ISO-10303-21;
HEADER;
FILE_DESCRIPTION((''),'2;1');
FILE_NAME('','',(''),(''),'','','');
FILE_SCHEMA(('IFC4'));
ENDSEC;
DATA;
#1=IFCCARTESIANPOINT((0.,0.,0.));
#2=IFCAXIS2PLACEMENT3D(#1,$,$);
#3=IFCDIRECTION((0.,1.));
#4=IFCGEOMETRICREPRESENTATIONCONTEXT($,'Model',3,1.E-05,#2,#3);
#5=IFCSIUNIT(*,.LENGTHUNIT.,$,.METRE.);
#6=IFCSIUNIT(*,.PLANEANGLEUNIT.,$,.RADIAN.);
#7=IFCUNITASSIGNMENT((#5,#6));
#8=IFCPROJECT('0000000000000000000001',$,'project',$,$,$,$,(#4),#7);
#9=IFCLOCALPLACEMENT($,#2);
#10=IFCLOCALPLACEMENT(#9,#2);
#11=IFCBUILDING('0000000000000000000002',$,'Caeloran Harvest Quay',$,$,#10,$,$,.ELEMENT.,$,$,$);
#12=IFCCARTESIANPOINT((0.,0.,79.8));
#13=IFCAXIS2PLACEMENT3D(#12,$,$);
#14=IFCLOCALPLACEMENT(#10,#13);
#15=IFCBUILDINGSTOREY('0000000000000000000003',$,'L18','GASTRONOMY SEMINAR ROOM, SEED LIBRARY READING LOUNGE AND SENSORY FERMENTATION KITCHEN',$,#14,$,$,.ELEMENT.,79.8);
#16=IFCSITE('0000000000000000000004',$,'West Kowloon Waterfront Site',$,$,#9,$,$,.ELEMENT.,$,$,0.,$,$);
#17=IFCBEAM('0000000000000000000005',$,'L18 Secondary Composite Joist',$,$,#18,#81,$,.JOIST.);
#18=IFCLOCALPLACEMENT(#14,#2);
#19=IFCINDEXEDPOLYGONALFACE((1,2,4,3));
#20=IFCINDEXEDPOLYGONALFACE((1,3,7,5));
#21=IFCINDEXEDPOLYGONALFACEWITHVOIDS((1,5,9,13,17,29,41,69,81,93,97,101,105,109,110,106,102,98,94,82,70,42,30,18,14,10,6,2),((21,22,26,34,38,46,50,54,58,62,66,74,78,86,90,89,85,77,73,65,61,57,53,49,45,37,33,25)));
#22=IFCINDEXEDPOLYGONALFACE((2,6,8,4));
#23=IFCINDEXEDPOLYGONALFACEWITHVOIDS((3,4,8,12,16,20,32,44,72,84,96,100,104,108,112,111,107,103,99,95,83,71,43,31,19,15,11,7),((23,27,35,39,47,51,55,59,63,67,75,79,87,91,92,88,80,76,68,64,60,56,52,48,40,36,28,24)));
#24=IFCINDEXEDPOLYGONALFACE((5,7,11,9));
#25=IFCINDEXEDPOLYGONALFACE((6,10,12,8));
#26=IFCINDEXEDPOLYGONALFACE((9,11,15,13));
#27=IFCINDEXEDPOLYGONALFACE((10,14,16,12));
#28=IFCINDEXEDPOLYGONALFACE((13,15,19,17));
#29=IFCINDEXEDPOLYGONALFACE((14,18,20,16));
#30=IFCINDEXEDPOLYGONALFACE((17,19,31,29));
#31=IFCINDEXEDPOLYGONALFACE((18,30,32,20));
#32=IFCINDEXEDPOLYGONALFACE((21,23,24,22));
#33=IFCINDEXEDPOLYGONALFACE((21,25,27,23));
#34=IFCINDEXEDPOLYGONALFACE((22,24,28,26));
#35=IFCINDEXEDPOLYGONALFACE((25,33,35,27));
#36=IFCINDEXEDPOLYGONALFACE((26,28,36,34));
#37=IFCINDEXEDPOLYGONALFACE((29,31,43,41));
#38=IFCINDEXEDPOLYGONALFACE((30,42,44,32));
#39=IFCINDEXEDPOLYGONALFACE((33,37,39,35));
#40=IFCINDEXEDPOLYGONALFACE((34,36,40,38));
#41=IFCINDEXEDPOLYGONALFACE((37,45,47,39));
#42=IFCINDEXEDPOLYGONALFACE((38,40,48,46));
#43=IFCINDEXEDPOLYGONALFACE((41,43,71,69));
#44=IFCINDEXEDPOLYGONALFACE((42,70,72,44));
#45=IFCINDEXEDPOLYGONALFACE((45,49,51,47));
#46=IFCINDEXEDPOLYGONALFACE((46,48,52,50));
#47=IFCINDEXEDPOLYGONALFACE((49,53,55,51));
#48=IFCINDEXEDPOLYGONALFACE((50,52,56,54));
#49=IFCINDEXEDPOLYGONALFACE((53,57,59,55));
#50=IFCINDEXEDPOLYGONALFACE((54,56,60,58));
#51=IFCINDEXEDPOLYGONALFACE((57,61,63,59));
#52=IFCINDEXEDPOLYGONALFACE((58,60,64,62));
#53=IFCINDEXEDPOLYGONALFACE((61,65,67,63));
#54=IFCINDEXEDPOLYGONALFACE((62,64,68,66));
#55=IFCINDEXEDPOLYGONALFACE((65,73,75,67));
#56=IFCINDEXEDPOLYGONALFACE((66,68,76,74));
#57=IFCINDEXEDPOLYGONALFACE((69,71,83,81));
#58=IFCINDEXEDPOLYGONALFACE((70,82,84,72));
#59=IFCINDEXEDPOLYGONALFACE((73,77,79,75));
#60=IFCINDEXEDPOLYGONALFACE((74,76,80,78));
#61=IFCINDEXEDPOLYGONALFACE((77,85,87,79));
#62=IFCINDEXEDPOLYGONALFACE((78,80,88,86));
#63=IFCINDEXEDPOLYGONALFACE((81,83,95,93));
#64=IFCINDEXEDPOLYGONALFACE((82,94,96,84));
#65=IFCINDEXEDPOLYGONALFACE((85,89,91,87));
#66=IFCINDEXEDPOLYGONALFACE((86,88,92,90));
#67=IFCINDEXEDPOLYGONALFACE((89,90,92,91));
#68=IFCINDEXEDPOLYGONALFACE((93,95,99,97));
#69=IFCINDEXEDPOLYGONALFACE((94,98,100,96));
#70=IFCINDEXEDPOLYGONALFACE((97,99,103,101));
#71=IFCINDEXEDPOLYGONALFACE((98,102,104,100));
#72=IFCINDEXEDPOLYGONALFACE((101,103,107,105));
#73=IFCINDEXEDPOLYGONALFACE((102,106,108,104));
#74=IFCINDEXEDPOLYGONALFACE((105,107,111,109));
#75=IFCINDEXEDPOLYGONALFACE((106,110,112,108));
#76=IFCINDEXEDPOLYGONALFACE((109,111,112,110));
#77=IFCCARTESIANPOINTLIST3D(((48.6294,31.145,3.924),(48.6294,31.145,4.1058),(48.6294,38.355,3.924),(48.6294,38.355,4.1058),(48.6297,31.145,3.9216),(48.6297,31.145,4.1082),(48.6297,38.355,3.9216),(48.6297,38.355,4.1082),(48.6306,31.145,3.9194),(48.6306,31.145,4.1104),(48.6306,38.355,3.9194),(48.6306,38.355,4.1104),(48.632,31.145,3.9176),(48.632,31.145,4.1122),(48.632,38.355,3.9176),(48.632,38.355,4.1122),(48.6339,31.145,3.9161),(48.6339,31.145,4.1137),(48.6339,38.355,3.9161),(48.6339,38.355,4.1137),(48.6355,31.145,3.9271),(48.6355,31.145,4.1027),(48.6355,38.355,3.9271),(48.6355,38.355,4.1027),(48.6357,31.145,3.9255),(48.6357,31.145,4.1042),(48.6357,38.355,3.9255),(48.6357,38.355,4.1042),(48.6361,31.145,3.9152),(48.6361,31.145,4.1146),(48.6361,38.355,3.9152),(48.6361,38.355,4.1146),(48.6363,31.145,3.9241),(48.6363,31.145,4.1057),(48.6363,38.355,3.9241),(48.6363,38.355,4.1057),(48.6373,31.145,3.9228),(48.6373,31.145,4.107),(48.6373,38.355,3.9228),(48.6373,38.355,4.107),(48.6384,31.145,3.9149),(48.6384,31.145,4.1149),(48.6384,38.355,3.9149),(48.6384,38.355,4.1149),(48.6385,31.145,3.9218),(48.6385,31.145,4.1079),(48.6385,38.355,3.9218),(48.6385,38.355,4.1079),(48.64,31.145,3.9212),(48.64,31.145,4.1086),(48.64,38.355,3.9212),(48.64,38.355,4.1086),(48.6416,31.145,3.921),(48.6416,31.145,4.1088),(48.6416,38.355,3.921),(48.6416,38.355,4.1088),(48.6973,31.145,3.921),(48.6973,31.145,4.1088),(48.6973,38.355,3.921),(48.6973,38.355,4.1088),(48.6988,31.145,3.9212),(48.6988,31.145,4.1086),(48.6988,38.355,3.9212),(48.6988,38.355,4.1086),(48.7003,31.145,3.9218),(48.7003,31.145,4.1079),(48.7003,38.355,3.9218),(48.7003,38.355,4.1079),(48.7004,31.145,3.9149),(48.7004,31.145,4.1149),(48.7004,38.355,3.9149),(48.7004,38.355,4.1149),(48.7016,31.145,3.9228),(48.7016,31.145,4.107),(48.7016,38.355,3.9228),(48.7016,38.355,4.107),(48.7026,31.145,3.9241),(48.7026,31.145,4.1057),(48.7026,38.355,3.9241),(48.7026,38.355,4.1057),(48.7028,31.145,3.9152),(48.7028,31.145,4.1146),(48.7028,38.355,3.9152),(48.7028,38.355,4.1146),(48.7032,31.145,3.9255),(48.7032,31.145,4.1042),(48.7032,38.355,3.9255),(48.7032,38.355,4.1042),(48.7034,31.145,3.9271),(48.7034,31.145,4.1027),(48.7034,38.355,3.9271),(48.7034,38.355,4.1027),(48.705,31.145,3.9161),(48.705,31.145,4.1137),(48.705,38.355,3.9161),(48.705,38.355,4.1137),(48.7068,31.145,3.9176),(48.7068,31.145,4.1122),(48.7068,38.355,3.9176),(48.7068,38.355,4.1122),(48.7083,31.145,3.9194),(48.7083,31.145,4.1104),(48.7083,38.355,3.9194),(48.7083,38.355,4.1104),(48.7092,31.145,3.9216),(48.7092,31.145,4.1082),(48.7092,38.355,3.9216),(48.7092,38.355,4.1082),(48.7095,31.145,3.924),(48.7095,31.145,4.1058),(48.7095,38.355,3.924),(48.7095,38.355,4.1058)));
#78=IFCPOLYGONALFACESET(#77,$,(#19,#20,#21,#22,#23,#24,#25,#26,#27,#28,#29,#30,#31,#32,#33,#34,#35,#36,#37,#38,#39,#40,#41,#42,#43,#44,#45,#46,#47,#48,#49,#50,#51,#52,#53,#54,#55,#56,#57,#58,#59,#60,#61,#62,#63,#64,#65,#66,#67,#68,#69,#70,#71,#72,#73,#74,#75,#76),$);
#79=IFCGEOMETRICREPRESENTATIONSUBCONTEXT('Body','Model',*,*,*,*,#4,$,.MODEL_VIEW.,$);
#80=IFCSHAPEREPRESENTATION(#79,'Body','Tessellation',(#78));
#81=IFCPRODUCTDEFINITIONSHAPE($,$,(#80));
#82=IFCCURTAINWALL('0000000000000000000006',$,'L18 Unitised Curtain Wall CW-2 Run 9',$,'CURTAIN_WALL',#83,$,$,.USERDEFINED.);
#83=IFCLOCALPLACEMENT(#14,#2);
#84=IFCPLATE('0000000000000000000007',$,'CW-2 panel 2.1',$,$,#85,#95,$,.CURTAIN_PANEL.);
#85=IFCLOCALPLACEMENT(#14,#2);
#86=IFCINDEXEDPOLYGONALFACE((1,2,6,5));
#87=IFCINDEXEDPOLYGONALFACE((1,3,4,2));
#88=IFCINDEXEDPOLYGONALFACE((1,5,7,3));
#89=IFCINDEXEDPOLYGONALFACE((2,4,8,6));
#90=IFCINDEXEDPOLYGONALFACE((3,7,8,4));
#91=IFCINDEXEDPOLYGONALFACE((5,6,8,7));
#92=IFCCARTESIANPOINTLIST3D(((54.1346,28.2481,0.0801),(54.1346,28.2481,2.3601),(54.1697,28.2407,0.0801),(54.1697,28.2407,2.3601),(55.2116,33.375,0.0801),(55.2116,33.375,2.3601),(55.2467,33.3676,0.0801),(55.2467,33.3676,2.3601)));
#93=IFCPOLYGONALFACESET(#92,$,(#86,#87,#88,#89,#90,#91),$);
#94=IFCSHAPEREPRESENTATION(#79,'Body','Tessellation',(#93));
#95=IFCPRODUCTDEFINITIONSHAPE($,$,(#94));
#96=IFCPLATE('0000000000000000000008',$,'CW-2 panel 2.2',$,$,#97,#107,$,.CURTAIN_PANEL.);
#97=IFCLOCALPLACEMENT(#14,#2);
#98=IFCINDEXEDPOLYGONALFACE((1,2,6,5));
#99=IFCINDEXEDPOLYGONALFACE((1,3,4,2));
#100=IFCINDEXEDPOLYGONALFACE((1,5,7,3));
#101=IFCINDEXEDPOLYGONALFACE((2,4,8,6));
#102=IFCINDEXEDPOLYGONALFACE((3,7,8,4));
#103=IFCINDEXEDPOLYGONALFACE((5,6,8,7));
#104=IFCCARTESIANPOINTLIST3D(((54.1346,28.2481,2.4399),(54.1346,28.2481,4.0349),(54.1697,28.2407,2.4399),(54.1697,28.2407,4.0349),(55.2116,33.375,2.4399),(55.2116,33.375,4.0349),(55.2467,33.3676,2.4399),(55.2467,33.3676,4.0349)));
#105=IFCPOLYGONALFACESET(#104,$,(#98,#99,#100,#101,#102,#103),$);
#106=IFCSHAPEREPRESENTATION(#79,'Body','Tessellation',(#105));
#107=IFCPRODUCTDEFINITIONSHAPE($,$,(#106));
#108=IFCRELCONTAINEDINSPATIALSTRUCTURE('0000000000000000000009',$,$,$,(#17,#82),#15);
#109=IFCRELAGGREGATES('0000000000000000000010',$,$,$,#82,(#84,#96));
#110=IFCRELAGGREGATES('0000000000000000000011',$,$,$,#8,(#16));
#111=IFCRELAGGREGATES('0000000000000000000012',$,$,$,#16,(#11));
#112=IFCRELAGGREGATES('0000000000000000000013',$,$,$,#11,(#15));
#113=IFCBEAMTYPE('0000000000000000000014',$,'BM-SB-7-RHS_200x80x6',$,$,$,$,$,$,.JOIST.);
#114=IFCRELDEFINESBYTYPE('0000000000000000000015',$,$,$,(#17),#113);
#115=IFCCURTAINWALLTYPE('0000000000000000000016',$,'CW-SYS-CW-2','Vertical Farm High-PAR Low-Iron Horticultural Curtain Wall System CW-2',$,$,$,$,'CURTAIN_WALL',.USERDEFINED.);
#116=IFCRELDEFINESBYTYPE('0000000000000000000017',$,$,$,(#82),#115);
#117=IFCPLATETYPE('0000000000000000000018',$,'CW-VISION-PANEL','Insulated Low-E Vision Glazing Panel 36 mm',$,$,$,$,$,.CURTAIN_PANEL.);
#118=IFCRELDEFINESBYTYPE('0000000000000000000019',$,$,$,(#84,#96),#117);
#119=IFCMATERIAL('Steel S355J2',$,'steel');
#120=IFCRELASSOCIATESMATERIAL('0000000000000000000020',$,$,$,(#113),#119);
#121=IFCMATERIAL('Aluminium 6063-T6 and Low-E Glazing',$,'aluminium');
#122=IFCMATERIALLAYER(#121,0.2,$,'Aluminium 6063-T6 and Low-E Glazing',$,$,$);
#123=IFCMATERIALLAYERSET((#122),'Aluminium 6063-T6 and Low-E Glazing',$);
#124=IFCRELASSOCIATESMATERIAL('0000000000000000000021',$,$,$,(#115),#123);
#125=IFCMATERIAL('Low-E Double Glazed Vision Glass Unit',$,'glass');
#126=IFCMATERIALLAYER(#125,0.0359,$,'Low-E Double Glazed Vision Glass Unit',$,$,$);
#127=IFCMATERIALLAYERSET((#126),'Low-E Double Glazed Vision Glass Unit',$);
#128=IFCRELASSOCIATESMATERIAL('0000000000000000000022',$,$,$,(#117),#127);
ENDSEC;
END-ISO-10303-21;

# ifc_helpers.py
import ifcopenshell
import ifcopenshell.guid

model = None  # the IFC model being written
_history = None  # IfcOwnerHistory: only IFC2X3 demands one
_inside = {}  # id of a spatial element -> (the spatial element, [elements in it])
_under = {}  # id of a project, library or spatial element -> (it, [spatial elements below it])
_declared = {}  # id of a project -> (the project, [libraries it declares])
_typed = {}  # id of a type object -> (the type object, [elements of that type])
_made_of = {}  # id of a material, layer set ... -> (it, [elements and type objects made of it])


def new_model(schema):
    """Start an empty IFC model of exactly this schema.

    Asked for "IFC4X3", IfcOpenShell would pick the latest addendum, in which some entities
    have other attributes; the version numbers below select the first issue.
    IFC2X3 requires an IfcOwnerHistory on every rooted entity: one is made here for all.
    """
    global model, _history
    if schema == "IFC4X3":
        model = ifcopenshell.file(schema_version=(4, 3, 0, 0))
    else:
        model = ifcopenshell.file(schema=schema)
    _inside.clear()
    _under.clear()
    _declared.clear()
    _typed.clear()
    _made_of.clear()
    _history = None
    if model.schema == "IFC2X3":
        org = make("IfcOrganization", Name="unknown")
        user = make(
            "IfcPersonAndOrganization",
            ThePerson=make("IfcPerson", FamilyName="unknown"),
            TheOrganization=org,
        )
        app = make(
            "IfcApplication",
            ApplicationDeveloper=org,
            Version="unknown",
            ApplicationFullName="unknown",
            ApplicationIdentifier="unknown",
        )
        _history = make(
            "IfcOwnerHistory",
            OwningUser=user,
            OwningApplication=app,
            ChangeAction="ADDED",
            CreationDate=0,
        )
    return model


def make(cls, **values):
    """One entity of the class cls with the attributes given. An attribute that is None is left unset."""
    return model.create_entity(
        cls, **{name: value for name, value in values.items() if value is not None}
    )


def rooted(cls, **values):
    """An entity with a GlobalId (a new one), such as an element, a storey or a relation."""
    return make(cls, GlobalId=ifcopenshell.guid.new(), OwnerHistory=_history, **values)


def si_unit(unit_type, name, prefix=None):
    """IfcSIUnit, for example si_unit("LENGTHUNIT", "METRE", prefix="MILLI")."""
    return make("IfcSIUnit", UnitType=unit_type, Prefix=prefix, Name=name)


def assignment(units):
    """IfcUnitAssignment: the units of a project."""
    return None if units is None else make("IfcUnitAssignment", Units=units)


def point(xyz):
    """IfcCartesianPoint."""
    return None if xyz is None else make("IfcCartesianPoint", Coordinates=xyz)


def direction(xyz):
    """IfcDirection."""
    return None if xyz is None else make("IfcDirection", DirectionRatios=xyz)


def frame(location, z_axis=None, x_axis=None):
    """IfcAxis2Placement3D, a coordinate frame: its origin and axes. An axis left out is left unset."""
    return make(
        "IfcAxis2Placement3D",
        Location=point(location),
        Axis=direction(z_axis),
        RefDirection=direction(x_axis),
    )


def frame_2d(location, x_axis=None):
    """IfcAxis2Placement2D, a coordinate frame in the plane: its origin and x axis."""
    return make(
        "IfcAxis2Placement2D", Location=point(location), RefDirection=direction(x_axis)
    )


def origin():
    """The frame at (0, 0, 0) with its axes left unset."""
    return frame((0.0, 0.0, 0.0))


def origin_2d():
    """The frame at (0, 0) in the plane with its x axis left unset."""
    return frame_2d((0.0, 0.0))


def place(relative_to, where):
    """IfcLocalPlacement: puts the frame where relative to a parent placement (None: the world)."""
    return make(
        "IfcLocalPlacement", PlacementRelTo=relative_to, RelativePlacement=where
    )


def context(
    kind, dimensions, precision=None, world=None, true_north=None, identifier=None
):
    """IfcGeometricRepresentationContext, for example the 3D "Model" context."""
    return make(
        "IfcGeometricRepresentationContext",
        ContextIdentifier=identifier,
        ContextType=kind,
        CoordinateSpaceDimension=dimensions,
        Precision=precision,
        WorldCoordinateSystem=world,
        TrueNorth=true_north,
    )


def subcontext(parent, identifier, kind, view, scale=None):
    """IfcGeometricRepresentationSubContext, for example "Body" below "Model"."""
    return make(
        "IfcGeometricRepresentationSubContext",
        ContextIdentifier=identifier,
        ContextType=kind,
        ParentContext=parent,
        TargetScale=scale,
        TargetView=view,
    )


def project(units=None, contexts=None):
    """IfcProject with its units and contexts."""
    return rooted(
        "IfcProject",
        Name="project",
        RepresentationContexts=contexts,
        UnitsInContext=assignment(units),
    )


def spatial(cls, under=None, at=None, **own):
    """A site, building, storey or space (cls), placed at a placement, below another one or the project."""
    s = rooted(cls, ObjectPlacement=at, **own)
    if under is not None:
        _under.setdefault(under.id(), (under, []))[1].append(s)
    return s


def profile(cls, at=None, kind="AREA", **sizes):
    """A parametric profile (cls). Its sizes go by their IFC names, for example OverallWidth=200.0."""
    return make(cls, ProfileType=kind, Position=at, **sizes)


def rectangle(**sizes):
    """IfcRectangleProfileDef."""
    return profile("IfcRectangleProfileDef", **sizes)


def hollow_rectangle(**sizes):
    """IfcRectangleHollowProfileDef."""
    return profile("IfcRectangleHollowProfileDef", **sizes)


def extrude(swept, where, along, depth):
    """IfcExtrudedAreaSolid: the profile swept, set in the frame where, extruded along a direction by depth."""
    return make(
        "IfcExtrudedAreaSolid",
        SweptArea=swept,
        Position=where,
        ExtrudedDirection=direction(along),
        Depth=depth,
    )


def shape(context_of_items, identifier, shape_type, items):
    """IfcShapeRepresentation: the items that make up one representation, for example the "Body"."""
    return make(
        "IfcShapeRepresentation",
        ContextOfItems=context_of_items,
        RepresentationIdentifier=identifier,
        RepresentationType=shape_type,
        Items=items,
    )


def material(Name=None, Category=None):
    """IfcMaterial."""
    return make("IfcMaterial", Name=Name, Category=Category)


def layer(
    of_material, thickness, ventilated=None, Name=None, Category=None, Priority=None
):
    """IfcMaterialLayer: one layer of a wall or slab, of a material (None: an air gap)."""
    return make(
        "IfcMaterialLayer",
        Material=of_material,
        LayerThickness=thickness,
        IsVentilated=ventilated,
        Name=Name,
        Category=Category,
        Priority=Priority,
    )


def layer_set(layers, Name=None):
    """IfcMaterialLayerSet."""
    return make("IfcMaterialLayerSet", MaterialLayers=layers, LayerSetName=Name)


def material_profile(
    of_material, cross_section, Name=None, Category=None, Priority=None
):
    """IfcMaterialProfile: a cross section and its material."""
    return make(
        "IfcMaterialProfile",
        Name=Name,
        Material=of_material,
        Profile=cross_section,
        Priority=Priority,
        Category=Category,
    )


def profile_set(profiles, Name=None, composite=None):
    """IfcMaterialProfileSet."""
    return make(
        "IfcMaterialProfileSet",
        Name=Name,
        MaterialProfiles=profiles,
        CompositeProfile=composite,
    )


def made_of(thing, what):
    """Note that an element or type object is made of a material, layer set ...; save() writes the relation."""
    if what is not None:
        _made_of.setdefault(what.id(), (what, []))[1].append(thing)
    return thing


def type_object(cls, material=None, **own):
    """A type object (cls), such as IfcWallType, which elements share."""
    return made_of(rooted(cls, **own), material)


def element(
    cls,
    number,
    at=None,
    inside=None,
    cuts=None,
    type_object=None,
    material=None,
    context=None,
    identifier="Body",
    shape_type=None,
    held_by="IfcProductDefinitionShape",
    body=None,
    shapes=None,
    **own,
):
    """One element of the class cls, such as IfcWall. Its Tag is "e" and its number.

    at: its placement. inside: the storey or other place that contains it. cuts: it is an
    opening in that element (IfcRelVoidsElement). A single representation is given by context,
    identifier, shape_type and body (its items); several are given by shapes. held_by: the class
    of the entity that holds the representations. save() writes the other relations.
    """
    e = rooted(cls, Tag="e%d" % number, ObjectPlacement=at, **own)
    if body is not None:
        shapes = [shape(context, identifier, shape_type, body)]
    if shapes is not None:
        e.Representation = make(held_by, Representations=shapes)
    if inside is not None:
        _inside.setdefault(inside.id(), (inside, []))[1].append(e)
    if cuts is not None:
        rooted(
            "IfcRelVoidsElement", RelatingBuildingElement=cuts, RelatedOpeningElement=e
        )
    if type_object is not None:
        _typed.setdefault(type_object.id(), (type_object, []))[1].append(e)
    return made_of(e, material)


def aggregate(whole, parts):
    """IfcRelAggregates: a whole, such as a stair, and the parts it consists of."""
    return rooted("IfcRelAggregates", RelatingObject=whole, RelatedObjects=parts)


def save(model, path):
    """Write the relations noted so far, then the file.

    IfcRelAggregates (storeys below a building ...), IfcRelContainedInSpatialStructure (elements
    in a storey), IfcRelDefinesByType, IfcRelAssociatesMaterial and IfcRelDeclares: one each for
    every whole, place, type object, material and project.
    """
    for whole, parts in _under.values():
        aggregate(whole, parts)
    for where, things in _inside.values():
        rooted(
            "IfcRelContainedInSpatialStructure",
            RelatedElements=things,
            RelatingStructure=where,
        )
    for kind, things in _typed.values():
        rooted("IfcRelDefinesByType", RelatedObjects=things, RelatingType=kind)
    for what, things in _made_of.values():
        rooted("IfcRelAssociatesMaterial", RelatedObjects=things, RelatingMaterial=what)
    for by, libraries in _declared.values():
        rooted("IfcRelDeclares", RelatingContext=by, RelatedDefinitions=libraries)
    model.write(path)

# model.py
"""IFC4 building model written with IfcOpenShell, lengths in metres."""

from ifc_helpers import new_model, si_unit, direction, frame, origin, origin_2d, place, context, subcontext, project, spatial, rectangle, hollow_rectangle, extrude, material, layer, layer_set, material_profile, profile_set, type_object, element, aggregate, save


model = new_model("IFC4")

# Units and contexts
model_context = context("Model", 3, precision=1e-05, world=origin(), true_north=direction((0.0, 1.0)))
body_context = subcontext(model_context, "Body", "Model", "MODEL_VIEW")
ifc_project = project(units=[si_unit("LENGTHUNIT", "METRE"), si_unit("PLANEANGLEUNIT", "RADIAN")], contexts=[model_context])

# Site, building, storey
site_placement = place(None, origin())
site = spatial("IfcSite", under=ifc_project, at=site_placement, Name="West Kowloon Waterfront Site", CompositionType="ELEMENT", RefElevation=0.0)
building_placement = place(site_placement, origin())
building = spatial("IfcBuilding", under=site, at=building_placement, Name="Caeloran Harvest Quay", CompositionType="ELEMENT")
storey_placement = place(building_placement, frame((0.0, 0.0, 79.8)))
storey = spatial("IfcBuildingStorey", under=building, at=storey_placement, Name="L18", Description="GASTRONOMY SEMINAR ROOM, SEED LIBRARY READING LOUNGE AND SENSORY FERMENTATION KITCHEN", CompositionType="ELEMENT", Elevation=79.8)

# Beam
ifc_material_1 = material(Name="Steel S355J2", Category="steel")
ifc_material_profile_1 = material_profile(ifc_material_1, hollow_rectangle(XDim=0.0801, YDim=0.2, WallThickness=0.0061, InnerFilletRadius=0.0061, OuterFilletRadius=0.009, at=origin_2d()), Name="RHS 200x80x6")
ifc_profile_set_1 = profile_set([ifc_material_profile_1], Name="Steel S355J2")
beam_type_1 = type_object("IfcBeamType", Name="BM-SB-7-RHS_200x80x6", PredefinedType="JOIST", material=ifc_profile_set_1)
for number, where, z_axis, x_axis, name in (
    (1, (48.6694, 31.145, 4.0149), (0.0, 1.0, 0.0), (-1.0, 0.0, 0.0), "L18 Secondary Composite Joist"),
):
    element("IfcBeam", number, at=place(storey_placement, frame(where, z_axis=z_axis, x_axis=x_axis)), inside=storey, type_object=beam_type_1, Name=name, PredefinedType="JOIST", context=body_context, shape_type="SweptSolid", body=[
        extrude(hollow_rectangle(XDim=0.0801, YDim=0.2, WallThickness=0.0061, InnerFilletRadius=0.0061, OuterFilletRadius=0.009, at=origin_2d()), origin(), (0.0, 0.0, 1.0), 7.21),
    ])

# Curtain wall, plates
ifc_material_2 = material(Name="Aluminium 6063-T6 and Low-E Glazing", Category="aluminium")
ifc_layer_1 = layer(ifc_material_2, 0.2, Name="Aluminium 6063-T6 and Low-E Glazing")
ifc_layer_set_1 = layer_set([ifc_layer_1], Name="Aluminium 6063-T6 and Low-E Glazing")
curtain_wall_type = type_object("IfcCurtainWallType", Name="CW-SYS-CW-2", Description="Vertical Farm High-PAR Low-Iron Horticultural Curtain Wall System CW-2", ElementType="CURTAIN_WALL", PredefinedType="USERDEFINED", material=ifc_layer_set_1)
curtain_wall_placement = place(storey_placement, origin())
curtain_wall = element("IfcCurtainWall", 2, at=curtain_wall_placement, inside=storey, type_object=curtain_wall_type, Name="L18 Unitised Curtain Wall CW-2 Run 9", ObjectType="CURTAIN_WALL", PredefinedType="USERDEFINED")
ifc_material_3 = material(Name="Low-E Double Glazed Vision Glass Unit", Category="glass")
ifc_layer_2 = layer(ifc_material_3, 0.0359, Name="Low-E Double Glazed Vision Glass Unit")
ifc_layer_set_2 = layer_set([ifc_layer_2], Name="Low-E Double Glazed Vision Glass Unit")
plate_type = type_object("IfcPlateType", Name="CW-VISION-PANEL", Description="Insulated Low-E Vision Glazing Panel 36 mm", PredefinedType="CURTAIN_PANEL", material=ifc_layer_set_2)
plate_1_placement = place(storey_placement, frame((54.6907, 30.8079, 0.0801), z_axis=(0.0, 0.0, 1.0), x_axis=(-0.205583, -0.97864, 0.0)))
plate_1 = element("IfcPlate", 3, at=plate_1_placement, type_object=plate_type, Name="CW-2 panel 2.1", PredefinedType="CURTAIN_PANEL", context=body_context, shape_type="SweptSolid", body=[
    extrude(rectangle(XDim=5.2388, YDim=0.0359, at=origin_2d()), origin(), (0.0, 0.0, 1.0), 2.28),
])
plate_2_placement = place(storey_placement, frame((54.6907, 30.8079, 2.4399), z_axis=(0.0, 0.0, 1.0), x_axis=(-0.205583, -0.97864, 0.0)))
plate_2 = element("IfcPlate", 4, at=plate_2_placement, type_object=plate_type, Name="CW-2 panel 2.2", PredefinedType="CURTAIN_PANEL", context=body_context, shape_type="SweptSolid", body=[
    extrude(rectangle(XDim=5.2388, YDim=0.0359, at=origin_2d()), origin(), (0.0, 0.0, 1.0), 1.595),
])
aggregate(curtain_wall, [plate_1, plate_2])

save(model, "model.ifc")
